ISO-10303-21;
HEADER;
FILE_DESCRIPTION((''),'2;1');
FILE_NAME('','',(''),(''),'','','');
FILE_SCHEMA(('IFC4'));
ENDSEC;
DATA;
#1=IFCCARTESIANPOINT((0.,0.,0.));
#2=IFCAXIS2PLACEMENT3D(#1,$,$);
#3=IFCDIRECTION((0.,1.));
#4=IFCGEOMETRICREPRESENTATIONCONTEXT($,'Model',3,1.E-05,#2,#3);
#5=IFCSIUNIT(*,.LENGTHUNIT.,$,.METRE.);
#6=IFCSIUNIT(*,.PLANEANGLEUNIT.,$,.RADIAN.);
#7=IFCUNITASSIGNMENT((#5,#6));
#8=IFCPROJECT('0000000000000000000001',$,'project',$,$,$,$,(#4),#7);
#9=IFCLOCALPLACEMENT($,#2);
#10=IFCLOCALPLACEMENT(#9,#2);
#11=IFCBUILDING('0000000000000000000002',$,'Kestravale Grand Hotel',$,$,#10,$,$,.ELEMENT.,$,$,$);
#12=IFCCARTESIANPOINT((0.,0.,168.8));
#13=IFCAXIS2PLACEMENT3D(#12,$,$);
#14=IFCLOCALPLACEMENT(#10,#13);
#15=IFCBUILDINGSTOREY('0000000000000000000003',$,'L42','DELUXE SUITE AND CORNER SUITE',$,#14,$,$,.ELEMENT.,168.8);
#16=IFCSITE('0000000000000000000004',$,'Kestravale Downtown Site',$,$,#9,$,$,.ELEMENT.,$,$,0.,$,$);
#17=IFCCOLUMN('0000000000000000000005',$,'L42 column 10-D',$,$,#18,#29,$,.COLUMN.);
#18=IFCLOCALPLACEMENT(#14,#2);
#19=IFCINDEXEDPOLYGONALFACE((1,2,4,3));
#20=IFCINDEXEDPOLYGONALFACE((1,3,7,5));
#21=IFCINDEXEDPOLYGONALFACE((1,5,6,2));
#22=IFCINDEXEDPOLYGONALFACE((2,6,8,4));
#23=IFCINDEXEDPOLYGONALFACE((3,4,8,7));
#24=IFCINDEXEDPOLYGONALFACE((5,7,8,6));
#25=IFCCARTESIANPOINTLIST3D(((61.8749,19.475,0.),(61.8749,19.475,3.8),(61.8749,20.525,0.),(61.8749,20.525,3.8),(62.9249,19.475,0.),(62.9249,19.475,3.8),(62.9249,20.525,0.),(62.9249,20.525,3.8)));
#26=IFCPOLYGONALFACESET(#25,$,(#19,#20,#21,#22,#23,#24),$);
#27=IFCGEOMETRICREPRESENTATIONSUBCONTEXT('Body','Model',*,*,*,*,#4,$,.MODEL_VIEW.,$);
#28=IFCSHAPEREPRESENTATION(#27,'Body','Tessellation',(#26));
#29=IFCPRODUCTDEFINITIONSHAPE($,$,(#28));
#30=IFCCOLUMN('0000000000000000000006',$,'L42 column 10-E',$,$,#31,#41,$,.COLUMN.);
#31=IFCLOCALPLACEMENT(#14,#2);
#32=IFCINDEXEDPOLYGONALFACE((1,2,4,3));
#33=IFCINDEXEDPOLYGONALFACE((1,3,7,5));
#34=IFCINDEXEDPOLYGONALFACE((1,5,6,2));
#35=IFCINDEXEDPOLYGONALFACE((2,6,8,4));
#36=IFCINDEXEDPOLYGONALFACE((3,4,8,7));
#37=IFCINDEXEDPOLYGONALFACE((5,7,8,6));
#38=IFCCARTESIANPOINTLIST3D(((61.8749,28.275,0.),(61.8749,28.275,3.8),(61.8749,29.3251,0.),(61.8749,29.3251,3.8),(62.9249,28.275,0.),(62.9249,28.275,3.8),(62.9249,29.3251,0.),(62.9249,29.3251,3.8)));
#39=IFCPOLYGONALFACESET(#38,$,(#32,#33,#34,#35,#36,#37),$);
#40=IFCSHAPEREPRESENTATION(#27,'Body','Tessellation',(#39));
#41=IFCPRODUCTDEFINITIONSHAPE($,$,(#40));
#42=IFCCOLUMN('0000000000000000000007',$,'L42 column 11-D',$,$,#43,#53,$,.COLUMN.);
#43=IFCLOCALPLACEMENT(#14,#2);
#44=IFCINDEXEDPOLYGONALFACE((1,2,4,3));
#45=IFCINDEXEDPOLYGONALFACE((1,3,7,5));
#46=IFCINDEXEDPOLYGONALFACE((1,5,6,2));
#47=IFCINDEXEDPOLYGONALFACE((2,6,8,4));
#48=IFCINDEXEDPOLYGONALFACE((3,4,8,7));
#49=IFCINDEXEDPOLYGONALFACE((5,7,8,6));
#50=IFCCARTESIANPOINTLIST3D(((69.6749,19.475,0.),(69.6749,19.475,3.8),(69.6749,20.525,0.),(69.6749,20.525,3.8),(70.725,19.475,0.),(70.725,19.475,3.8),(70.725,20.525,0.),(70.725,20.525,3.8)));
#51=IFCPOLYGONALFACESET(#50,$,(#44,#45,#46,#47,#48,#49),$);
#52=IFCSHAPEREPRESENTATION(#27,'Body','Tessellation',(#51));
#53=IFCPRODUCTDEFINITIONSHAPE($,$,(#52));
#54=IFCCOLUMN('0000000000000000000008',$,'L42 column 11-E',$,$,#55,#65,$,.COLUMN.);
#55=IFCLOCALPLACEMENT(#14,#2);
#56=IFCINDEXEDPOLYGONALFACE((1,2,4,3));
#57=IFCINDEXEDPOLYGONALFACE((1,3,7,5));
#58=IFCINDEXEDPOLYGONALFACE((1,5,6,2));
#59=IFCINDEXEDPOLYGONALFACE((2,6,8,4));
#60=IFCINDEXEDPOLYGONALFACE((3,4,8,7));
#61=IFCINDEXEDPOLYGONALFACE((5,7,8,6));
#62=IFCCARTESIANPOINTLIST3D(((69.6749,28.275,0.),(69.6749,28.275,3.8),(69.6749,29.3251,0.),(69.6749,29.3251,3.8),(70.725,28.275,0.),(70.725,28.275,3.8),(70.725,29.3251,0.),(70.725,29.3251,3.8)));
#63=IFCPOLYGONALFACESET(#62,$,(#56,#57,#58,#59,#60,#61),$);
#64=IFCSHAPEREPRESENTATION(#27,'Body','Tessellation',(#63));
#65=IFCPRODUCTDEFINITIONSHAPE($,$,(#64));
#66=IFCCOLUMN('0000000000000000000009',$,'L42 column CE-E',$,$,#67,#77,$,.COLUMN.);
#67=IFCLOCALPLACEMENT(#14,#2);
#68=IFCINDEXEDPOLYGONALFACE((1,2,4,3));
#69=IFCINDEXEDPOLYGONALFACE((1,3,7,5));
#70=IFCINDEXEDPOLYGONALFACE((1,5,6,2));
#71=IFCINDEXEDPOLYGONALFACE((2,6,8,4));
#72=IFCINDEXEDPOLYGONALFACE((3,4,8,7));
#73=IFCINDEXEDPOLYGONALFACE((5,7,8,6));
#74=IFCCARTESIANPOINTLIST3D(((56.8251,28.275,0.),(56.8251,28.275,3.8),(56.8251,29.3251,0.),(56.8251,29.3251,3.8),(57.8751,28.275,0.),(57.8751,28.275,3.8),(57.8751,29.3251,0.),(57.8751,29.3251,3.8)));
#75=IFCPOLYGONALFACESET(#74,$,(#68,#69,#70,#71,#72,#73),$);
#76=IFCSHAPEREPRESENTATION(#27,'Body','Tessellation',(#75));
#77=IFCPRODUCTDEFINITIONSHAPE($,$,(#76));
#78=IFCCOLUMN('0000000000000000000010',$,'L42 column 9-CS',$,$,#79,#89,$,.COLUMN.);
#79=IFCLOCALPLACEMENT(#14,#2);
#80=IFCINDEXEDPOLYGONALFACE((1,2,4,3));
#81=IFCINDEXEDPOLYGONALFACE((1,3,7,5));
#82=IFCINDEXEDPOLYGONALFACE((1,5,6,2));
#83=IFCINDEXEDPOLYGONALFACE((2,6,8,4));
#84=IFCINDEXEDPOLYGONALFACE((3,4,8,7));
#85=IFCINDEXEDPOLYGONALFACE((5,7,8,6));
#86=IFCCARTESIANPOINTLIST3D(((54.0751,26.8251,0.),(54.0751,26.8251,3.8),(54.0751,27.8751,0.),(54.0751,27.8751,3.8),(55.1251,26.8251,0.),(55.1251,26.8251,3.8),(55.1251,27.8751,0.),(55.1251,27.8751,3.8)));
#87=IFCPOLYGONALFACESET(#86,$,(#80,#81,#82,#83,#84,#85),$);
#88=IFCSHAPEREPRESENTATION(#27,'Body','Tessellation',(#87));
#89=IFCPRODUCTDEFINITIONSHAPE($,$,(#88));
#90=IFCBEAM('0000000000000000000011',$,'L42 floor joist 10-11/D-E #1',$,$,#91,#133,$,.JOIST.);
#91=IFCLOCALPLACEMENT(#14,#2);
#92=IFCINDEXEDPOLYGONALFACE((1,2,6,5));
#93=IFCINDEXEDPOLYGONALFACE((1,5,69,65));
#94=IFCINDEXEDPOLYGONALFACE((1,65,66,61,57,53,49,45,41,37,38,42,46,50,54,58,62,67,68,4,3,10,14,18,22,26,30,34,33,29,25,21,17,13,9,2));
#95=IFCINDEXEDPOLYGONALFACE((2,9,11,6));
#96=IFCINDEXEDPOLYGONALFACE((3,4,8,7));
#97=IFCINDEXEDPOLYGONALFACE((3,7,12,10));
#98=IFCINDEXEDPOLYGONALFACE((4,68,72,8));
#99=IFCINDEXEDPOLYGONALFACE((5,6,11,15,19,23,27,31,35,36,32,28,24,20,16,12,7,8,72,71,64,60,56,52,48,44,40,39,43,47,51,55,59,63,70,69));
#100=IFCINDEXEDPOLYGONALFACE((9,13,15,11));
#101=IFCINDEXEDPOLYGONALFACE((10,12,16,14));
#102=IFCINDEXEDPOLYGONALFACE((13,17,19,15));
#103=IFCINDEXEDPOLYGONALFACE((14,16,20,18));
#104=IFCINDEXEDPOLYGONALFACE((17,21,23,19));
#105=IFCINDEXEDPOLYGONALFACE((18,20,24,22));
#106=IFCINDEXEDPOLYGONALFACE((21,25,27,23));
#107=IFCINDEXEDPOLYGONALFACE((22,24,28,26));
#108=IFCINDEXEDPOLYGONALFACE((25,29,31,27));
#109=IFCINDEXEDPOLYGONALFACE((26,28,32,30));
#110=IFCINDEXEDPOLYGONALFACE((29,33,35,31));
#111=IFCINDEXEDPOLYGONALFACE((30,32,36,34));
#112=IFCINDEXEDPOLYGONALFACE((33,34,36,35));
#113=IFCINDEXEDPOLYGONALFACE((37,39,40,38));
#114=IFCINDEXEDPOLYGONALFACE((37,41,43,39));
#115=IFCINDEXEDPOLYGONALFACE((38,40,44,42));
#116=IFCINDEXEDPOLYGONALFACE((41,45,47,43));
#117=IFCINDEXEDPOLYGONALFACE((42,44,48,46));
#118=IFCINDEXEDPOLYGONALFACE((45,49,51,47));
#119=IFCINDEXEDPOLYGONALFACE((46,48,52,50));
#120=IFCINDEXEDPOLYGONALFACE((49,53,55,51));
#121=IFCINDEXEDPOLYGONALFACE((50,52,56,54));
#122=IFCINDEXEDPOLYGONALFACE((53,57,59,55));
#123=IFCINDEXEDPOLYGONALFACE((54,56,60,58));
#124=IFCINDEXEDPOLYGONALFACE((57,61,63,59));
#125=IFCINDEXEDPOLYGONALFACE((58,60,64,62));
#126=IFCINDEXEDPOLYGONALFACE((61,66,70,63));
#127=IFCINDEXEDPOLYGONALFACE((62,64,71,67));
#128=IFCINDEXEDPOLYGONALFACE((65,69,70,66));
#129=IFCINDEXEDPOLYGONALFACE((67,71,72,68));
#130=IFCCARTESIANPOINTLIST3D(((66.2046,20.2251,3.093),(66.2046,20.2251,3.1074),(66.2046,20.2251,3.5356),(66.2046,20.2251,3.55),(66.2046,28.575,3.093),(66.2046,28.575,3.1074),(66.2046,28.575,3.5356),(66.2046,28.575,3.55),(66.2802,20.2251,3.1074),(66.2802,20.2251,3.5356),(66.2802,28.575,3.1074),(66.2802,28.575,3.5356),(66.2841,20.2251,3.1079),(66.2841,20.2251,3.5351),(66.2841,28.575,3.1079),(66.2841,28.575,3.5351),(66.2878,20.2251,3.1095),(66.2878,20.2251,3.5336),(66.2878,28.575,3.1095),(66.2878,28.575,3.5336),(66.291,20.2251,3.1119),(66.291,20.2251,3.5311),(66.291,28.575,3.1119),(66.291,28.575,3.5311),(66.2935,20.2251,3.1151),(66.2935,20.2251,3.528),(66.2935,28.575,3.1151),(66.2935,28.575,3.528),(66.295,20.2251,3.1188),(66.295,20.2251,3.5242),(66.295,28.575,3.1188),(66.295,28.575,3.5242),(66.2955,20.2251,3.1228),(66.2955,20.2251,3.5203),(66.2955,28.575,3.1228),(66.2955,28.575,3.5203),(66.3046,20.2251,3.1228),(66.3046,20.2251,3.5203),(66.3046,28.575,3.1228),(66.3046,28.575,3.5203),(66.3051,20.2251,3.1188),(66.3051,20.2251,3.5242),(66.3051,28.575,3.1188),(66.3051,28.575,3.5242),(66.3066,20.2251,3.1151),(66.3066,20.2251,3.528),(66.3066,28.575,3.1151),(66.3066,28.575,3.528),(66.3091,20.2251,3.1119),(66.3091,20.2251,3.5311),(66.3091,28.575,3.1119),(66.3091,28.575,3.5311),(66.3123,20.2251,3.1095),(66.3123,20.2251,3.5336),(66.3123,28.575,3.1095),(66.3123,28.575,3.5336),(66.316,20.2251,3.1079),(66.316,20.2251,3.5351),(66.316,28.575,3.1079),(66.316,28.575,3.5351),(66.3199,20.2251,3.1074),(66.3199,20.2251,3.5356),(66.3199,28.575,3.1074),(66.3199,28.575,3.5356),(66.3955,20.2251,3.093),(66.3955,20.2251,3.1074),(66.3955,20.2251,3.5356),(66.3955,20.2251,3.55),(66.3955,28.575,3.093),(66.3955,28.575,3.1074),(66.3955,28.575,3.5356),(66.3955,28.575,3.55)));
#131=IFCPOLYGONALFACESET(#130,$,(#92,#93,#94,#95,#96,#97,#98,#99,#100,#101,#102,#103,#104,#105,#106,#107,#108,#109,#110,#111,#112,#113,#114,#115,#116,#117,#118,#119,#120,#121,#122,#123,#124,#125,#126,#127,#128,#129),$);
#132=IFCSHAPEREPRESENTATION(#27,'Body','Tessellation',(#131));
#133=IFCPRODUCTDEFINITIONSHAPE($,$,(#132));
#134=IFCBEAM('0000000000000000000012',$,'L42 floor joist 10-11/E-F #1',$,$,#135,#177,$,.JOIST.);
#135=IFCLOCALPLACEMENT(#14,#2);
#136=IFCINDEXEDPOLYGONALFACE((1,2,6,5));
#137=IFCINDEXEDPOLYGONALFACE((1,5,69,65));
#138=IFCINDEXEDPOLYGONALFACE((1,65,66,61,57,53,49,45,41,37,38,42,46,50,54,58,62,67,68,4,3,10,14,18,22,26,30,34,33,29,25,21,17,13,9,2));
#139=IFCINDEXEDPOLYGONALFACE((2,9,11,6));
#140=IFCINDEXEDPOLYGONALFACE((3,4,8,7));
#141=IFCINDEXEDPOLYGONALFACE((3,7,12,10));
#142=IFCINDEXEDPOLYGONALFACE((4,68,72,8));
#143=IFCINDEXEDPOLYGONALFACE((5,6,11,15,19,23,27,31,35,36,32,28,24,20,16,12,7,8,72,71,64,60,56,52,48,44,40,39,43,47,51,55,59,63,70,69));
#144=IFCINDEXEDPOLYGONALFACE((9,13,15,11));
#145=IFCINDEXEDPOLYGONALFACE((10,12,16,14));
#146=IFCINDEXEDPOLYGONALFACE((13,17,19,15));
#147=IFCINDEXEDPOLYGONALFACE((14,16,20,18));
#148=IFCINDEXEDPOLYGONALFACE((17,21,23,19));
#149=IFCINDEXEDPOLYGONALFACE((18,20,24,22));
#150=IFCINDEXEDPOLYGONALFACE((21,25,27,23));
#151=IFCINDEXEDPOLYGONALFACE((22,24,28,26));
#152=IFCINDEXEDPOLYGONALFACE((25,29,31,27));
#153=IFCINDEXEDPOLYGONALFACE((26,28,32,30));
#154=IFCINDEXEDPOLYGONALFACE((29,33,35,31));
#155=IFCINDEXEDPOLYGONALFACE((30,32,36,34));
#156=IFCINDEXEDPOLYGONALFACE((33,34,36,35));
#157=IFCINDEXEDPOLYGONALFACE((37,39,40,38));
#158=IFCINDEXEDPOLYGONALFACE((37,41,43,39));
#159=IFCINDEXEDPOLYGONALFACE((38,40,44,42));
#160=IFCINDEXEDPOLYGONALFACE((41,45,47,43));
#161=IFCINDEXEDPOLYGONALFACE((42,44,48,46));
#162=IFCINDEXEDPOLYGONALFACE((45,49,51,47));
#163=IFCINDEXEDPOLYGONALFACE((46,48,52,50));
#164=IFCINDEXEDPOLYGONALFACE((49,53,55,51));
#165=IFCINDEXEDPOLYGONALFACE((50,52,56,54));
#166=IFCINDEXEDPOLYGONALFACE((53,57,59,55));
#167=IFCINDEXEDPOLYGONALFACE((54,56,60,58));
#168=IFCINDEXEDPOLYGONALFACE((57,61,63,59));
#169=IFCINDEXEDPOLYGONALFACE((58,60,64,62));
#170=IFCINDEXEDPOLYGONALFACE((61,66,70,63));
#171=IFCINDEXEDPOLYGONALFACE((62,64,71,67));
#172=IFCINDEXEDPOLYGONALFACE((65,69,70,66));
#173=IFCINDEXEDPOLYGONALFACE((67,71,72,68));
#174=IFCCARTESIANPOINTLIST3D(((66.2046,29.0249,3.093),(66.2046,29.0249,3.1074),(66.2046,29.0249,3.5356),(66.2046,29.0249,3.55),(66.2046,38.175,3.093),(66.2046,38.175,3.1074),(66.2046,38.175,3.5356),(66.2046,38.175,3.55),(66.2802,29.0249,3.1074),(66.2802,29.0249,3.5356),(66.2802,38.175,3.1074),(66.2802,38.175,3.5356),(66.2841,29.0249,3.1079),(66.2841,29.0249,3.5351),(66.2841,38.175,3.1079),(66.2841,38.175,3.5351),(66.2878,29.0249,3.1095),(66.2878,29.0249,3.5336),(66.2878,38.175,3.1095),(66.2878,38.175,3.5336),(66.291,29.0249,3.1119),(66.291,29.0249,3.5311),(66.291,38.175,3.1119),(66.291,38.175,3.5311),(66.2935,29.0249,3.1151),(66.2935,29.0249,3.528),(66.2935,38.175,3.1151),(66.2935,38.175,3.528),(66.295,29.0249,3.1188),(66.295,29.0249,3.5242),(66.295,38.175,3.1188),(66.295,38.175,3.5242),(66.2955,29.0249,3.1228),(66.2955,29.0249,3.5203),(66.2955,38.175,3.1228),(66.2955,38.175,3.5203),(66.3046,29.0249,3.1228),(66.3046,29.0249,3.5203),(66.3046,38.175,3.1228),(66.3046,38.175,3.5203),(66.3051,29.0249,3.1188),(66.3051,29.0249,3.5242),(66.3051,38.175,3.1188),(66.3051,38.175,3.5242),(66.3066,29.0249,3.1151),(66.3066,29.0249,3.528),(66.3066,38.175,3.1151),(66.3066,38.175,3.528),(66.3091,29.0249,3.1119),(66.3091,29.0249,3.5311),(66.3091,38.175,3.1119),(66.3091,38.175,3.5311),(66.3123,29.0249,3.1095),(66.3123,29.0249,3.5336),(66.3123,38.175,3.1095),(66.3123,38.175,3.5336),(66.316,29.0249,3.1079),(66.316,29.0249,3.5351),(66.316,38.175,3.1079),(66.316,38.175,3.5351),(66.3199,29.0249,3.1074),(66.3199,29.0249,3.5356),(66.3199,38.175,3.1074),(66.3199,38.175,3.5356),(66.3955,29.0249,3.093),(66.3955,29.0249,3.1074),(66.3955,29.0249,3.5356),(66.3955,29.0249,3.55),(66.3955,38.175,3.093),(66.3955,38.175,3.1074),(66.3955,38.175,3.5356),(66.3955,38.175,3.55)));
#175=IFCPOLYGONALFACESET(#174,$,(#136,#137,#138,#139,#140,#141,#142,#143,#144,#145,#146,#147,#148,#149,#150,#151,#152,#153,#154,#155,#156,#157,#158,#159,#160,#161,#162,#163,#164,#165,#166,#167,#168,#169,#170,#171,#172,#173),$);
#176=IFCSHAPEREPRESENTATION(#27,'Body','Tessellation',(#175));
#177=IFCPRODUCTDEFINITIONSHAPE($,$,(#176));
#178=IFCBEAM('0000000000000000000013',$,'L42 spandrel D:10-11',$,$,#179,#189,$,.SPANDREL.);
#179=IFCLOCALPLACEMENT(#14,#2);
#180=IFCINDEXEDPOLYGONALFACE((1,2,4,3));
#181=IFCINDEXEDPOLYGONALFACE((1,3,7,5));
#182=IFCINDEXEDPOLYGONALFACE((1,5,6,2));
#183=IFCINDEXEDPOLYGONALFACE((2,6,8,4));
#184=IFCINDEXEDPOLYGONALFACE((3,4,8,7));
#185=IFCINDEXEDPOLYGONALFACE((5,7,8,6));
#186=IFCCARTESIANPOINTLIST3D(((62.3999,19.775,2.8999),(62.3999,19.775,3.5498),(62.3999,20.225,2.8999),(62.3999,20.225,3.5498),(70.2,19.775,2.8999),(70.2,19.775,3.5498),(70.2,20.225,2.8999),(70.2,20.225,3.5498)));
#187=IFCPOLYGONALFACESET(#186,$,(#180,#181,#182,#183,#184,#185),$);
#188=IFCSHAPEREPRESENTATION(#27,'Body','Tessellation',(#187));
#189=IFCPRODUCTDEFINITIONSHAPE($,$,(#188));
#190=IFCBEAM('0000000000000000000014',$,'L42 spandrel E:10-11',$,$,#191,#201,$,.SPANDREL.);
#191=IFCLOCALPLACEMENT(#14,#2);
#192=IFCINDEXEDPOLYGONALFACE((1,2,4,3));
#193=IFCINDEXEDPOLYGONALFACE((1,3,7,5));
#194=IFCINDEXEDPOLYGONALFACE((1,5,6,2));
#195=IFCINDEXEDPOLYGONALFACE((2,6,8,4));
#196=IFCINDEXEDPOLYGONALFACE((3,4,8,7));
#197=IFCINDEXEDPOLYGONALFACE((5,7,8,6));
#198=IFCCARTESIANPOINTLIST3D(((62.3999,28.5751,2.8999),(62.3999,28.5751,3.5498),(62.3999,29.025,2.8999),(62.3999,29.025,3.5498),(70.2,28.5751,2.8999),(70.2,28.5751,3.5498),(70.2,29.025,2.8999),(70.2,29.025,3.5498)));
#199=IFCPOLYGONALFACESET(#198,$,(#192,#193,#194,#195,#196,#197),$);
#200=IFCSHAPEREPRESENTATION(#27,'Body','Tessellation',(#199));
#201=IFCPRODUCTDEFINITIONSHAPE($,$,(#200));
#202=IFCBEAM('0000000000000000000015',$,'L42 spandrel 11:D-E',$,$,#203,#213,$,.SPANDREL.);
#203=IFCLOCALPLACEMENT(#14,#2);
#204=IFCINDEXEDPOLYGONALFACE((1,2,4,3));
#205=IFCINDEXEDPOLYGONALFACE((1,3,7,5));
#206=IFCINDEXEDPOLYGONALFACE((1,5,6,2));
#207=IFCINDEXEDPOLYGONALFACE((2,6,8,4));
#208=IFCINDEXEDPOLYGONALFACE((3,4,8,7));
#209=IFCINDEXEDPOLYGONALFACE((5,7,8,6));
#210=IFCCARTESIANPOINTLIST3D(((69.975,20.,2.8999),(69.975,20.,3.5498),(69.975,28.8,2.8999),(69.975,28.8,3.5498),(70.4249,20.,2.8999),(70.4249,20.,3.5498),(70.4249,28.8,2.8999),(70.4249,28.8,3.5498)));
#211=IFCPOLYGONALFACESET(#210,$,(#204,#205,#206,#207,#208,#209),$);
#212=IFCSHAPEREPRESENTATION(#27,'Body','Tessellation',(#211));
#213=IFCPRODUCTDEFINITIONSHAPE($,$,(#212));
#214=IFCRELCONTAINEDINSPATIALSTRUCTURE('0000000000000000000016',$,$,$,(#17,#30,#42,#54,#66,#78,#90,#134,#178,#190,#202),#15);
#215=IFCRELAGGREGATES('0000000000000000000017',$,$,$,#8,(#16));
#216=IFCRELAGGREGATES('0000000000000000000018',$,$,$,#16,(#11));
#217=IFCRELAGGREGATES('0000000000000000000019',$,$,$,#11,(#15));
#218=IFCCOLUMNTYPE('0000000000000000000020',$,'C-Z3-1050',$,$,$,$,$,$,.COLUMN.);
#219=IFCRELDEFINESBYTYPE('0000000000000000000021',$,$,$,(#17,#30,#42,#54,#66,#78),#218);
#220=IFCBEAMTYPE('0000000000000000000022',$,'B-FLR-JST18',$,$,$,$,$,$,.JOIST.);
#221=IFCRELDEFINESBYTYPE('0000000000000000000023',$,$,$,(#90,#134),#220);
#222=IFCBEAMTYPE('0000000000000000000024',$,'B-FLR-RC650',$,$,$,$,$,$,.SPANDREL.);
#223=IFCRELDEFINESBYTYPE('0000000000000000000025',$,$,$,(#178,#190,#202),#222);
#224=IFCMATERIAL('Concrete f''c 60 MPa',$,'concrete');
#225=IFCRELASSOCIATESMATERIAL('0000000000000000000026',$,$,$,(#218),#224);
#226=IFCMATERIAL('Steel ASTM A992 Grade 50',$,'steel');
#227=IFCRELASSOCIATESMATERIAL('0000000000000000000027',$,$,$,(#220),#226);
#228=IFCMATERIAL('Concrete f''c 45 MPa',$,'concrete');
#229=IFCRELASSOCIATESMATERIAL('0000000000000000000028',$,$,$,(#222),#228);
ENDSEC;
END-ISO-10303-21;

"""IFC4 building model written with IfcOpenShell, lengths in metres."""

from ifc_helpers import new_model, si_unit, direction, frame, origin, origin_2d, place, context, subcontext, project, spatial, rectangle, i_section, extrude, material, material_profile, profile_set, type_object, element, save


model = new_model("IFC4")

# Units and contexts
model_context = context("Model", 3, precision=1e-05, world=origin(), true_north=direction((0.0, 1.0)))
body_context = subcontext(model_context, "Body", "Model", "MODEL_VIEW")
ifc_project = project(units=[si_unit("LENGTHUNIT", "METRE"), si_unit("PLANEANGLEUNIT", "RADIAN")], contexts=[model_context])

# Site, building, storey
site_placement = place(None, origin())
site = spatial("IfcSite", under=ifc_project, at=site_placement, Name="Kestravale Downtown Site", CompositionType="ELEMENT", RefElevation=0.0)
building_placement = place(site_placement, origin())
building = spatial("IfcBuilding", under=site, at=building_placement, Name="Kestravale Grand Hotel", CompositionType="ELEMENT")
storey_placement = place(building_placement, frame((0.0, 0.0, 168.8)))
storey = spatial("IfcBuildingStorey", under=building, at=storey_placement, Name="L42", Description="DELUXE SUITE AND CORNER SUITE", CompositionType="ELEMENT", Elevation=168.8)

# Columns
ifc_material_1 = material(Name="Concrete f'c 60 MPa", Category="concrete")
ifc_material_profile_1 = material_profile(ifc_material_1, rectangle(XDim=1.05, YDim=1.05, at=origin_2d()))
ifc_profile_set_1 = profile_set([ifc_material_profile_1], Name="Concrete f'c 60 MPa")
column_type = type_object("IfcColumnType", Name="C-Z3-1050", PredefinedType="COLUMN", material=ifc_profile_set_1)
for number, where, z_axis, x_axis, name in (
    (1, (62.3999, 20.0, 0.0), (0.0, 0.0, 1.0), (1.0, 0.0, 0.0), "L42 column 10-D"),
    (2, (62.3999, 28.8, 0.0), (0.0, 0.0, 1.0), (1.0, 0.0, 0.0), "L42 column 10-E"),
    (3, (70.2, 20.0, 0.0), (0.0, 0.0, 1.0), (1.0, 0.0, 0.0), "L42 column 11-D"),
    (4, (70.2, 28.8, 0.0), (0.0, 0.0, 1.0), (1.0, 0.0, 0.0), "L42 column 11-E"),
    (5, (57.3501, 28.8, 0.0), (0.0, 0.0, 1.0), (1.0, 0.0, 0.0), "L42 column CE-E"),
    (6, (54.6001, 27.3501, 0.0), (0.0, 0.0, 1.0), (1.0, 0.0, 0.0), "L42 column 9-CS"),
):
    element("IfcColumn", number, at=place(storey_placement, frame(where, z_axis=z_axis, x_axis=x_axis)), inside=storey, type_object=column_type, Name=name, PredefinedType="COLUMN", context=body_context, shape_type="SweptSolid", body=[
        extrude(rectangle(XDim=1.05, YDim=1.05, at=origin_2d()), origin(), (0.0, 0.0, 1.0), 3.8),
    ])

# Beams
ifc_material_2 = material(Name="Steel ASTM A992 Grade 50", Category="steel")
ifc_material_profile_2 = material_profile(ifc_material_2, i_section(OverallWidth=0.1909, OverallDepth=0.457, WebThickness=0.009, FlangeThickness=0.0144, FilletRadius=0.0154, at=origin_2d()))
ifc_profile_set_2 = profile_set([ifc_material_profile_2], Name="Steel ASTM A992 Grade 50")
beam_type_1 = type_object("IfcBeamType", Name="B-FLR-JST18", PredefinedType="JOIST", material=ifc_profile_set_2)
beam_1_placement = place(storey_placement, frame((66.3, 20.2251, 3.3215), z_axis=(0.0, 1.0, 0.0), x_axis=(-1.0, 0.0, 0.0)))
element("IfcBeam", 7, at=beam_1_placement, inside=storey, type_object=beam_type_1, Name="L42 floor joist 10-11/D-E #1", PredefinedType="JOIST", context=body_context, shape_type="SweptSolid", body=[
    extrude(i_section(OverallWidth=0.1909, OverallDepth=0.457, WebThickness=0.009, FlangeThickness=0.0144, FilletRadius=0.0154, at=origin_2d()), origin(), (0.0, 0.0, 1.0), 8.3499),
])
beam_2_placement = place(storey_placement, frame((66.3, 29.0249, 3.3215), z_axis=(0.0, 1.0, 0.0), x_axis=(-1.0, 0.0, 0.0)))
element("IfcBeam", 8, at=beam_2_placement, inside=storey, type_object=beam_type_1, Name="L42 floor joist 10-11/E-F #1", PredefinedType="JOIST", context=body_context, shape_type="SweptSolid", body=[
    extrude(i_section(OverallWidth=0.1909, OverallDepth=0.457, WebThickness=0.009, FlangeThickness=0.0144, FilletRadius=0.0154, at=origin_2d()), origin(), (0.0, 0.0, 1.0), 9.1501),
])
ifc_material_3 = material(Name="Concrete f'c 45 MPa", Category="concrete")
ifc_material_profile_3 = material_profile(ifc_material_3, rectangle(XDim=0.45, YDim=0.6499, at=origin_2d()))
ifc_profile_set_3 = profile_set([ifc_material_profile_3], Name="Concrete f'c 45 MPa")
beam_type_2 = type_object("IfcBeamType", Name="B-FLR-RC650", PredefinedType="SPANDREL", material=ifc_profile_set_3)
for number, where, z_axis, x_axis, name in (
    (9, (62.3999, 20.0, 3.2249), (1.0, 0.0, 0.0), (0.0, 1.0, 0.0), "L42 spandrel D:10-11"),
    (10, (62.3999, 28.8, 3.2249), (1.0, 0.0, 0.0), (0.0, 1.0, 0.0), "L42 spandrel E:10-11"),
):
    element("IfcBeam", number, at=place(storey_placement, frame(where, z_axis=z_axis, x_axis=x_axis)), inside=storey, type_object=beam_type_2, Name=name, PredefinedType="SPANDREL", context=body_context, shape_type="SweptSolid", body=[
        extrude(rectangle(XDim=0.45, YDim=0.6499, at=origin_2d()), origin(), (0.0, 0.0, 1.0), 7.8),
    ])
beam_3_placement = place(storey_placement, frame((70.2, 20.0, 3.2249), z_axis=(0.0, 1.0, 0.0), x_axis=(-1.0, 0.0, 0.0)))
element("IfcBeam", 11, at=beam_3_placement, inside=storey, type_object=beam_type_2, Name="L42 spandrel 11:D-E", PredefinedType="SPANDREL", context=body_context, shape_type="SweptSolid", body=[
    extrude(rectangle(XDim=0.45, YDim=0.6499, at=origin_2d()), origin(), (0.0, 0.0, 1.0), 8.8),
])

save(model, "model.ifc")
